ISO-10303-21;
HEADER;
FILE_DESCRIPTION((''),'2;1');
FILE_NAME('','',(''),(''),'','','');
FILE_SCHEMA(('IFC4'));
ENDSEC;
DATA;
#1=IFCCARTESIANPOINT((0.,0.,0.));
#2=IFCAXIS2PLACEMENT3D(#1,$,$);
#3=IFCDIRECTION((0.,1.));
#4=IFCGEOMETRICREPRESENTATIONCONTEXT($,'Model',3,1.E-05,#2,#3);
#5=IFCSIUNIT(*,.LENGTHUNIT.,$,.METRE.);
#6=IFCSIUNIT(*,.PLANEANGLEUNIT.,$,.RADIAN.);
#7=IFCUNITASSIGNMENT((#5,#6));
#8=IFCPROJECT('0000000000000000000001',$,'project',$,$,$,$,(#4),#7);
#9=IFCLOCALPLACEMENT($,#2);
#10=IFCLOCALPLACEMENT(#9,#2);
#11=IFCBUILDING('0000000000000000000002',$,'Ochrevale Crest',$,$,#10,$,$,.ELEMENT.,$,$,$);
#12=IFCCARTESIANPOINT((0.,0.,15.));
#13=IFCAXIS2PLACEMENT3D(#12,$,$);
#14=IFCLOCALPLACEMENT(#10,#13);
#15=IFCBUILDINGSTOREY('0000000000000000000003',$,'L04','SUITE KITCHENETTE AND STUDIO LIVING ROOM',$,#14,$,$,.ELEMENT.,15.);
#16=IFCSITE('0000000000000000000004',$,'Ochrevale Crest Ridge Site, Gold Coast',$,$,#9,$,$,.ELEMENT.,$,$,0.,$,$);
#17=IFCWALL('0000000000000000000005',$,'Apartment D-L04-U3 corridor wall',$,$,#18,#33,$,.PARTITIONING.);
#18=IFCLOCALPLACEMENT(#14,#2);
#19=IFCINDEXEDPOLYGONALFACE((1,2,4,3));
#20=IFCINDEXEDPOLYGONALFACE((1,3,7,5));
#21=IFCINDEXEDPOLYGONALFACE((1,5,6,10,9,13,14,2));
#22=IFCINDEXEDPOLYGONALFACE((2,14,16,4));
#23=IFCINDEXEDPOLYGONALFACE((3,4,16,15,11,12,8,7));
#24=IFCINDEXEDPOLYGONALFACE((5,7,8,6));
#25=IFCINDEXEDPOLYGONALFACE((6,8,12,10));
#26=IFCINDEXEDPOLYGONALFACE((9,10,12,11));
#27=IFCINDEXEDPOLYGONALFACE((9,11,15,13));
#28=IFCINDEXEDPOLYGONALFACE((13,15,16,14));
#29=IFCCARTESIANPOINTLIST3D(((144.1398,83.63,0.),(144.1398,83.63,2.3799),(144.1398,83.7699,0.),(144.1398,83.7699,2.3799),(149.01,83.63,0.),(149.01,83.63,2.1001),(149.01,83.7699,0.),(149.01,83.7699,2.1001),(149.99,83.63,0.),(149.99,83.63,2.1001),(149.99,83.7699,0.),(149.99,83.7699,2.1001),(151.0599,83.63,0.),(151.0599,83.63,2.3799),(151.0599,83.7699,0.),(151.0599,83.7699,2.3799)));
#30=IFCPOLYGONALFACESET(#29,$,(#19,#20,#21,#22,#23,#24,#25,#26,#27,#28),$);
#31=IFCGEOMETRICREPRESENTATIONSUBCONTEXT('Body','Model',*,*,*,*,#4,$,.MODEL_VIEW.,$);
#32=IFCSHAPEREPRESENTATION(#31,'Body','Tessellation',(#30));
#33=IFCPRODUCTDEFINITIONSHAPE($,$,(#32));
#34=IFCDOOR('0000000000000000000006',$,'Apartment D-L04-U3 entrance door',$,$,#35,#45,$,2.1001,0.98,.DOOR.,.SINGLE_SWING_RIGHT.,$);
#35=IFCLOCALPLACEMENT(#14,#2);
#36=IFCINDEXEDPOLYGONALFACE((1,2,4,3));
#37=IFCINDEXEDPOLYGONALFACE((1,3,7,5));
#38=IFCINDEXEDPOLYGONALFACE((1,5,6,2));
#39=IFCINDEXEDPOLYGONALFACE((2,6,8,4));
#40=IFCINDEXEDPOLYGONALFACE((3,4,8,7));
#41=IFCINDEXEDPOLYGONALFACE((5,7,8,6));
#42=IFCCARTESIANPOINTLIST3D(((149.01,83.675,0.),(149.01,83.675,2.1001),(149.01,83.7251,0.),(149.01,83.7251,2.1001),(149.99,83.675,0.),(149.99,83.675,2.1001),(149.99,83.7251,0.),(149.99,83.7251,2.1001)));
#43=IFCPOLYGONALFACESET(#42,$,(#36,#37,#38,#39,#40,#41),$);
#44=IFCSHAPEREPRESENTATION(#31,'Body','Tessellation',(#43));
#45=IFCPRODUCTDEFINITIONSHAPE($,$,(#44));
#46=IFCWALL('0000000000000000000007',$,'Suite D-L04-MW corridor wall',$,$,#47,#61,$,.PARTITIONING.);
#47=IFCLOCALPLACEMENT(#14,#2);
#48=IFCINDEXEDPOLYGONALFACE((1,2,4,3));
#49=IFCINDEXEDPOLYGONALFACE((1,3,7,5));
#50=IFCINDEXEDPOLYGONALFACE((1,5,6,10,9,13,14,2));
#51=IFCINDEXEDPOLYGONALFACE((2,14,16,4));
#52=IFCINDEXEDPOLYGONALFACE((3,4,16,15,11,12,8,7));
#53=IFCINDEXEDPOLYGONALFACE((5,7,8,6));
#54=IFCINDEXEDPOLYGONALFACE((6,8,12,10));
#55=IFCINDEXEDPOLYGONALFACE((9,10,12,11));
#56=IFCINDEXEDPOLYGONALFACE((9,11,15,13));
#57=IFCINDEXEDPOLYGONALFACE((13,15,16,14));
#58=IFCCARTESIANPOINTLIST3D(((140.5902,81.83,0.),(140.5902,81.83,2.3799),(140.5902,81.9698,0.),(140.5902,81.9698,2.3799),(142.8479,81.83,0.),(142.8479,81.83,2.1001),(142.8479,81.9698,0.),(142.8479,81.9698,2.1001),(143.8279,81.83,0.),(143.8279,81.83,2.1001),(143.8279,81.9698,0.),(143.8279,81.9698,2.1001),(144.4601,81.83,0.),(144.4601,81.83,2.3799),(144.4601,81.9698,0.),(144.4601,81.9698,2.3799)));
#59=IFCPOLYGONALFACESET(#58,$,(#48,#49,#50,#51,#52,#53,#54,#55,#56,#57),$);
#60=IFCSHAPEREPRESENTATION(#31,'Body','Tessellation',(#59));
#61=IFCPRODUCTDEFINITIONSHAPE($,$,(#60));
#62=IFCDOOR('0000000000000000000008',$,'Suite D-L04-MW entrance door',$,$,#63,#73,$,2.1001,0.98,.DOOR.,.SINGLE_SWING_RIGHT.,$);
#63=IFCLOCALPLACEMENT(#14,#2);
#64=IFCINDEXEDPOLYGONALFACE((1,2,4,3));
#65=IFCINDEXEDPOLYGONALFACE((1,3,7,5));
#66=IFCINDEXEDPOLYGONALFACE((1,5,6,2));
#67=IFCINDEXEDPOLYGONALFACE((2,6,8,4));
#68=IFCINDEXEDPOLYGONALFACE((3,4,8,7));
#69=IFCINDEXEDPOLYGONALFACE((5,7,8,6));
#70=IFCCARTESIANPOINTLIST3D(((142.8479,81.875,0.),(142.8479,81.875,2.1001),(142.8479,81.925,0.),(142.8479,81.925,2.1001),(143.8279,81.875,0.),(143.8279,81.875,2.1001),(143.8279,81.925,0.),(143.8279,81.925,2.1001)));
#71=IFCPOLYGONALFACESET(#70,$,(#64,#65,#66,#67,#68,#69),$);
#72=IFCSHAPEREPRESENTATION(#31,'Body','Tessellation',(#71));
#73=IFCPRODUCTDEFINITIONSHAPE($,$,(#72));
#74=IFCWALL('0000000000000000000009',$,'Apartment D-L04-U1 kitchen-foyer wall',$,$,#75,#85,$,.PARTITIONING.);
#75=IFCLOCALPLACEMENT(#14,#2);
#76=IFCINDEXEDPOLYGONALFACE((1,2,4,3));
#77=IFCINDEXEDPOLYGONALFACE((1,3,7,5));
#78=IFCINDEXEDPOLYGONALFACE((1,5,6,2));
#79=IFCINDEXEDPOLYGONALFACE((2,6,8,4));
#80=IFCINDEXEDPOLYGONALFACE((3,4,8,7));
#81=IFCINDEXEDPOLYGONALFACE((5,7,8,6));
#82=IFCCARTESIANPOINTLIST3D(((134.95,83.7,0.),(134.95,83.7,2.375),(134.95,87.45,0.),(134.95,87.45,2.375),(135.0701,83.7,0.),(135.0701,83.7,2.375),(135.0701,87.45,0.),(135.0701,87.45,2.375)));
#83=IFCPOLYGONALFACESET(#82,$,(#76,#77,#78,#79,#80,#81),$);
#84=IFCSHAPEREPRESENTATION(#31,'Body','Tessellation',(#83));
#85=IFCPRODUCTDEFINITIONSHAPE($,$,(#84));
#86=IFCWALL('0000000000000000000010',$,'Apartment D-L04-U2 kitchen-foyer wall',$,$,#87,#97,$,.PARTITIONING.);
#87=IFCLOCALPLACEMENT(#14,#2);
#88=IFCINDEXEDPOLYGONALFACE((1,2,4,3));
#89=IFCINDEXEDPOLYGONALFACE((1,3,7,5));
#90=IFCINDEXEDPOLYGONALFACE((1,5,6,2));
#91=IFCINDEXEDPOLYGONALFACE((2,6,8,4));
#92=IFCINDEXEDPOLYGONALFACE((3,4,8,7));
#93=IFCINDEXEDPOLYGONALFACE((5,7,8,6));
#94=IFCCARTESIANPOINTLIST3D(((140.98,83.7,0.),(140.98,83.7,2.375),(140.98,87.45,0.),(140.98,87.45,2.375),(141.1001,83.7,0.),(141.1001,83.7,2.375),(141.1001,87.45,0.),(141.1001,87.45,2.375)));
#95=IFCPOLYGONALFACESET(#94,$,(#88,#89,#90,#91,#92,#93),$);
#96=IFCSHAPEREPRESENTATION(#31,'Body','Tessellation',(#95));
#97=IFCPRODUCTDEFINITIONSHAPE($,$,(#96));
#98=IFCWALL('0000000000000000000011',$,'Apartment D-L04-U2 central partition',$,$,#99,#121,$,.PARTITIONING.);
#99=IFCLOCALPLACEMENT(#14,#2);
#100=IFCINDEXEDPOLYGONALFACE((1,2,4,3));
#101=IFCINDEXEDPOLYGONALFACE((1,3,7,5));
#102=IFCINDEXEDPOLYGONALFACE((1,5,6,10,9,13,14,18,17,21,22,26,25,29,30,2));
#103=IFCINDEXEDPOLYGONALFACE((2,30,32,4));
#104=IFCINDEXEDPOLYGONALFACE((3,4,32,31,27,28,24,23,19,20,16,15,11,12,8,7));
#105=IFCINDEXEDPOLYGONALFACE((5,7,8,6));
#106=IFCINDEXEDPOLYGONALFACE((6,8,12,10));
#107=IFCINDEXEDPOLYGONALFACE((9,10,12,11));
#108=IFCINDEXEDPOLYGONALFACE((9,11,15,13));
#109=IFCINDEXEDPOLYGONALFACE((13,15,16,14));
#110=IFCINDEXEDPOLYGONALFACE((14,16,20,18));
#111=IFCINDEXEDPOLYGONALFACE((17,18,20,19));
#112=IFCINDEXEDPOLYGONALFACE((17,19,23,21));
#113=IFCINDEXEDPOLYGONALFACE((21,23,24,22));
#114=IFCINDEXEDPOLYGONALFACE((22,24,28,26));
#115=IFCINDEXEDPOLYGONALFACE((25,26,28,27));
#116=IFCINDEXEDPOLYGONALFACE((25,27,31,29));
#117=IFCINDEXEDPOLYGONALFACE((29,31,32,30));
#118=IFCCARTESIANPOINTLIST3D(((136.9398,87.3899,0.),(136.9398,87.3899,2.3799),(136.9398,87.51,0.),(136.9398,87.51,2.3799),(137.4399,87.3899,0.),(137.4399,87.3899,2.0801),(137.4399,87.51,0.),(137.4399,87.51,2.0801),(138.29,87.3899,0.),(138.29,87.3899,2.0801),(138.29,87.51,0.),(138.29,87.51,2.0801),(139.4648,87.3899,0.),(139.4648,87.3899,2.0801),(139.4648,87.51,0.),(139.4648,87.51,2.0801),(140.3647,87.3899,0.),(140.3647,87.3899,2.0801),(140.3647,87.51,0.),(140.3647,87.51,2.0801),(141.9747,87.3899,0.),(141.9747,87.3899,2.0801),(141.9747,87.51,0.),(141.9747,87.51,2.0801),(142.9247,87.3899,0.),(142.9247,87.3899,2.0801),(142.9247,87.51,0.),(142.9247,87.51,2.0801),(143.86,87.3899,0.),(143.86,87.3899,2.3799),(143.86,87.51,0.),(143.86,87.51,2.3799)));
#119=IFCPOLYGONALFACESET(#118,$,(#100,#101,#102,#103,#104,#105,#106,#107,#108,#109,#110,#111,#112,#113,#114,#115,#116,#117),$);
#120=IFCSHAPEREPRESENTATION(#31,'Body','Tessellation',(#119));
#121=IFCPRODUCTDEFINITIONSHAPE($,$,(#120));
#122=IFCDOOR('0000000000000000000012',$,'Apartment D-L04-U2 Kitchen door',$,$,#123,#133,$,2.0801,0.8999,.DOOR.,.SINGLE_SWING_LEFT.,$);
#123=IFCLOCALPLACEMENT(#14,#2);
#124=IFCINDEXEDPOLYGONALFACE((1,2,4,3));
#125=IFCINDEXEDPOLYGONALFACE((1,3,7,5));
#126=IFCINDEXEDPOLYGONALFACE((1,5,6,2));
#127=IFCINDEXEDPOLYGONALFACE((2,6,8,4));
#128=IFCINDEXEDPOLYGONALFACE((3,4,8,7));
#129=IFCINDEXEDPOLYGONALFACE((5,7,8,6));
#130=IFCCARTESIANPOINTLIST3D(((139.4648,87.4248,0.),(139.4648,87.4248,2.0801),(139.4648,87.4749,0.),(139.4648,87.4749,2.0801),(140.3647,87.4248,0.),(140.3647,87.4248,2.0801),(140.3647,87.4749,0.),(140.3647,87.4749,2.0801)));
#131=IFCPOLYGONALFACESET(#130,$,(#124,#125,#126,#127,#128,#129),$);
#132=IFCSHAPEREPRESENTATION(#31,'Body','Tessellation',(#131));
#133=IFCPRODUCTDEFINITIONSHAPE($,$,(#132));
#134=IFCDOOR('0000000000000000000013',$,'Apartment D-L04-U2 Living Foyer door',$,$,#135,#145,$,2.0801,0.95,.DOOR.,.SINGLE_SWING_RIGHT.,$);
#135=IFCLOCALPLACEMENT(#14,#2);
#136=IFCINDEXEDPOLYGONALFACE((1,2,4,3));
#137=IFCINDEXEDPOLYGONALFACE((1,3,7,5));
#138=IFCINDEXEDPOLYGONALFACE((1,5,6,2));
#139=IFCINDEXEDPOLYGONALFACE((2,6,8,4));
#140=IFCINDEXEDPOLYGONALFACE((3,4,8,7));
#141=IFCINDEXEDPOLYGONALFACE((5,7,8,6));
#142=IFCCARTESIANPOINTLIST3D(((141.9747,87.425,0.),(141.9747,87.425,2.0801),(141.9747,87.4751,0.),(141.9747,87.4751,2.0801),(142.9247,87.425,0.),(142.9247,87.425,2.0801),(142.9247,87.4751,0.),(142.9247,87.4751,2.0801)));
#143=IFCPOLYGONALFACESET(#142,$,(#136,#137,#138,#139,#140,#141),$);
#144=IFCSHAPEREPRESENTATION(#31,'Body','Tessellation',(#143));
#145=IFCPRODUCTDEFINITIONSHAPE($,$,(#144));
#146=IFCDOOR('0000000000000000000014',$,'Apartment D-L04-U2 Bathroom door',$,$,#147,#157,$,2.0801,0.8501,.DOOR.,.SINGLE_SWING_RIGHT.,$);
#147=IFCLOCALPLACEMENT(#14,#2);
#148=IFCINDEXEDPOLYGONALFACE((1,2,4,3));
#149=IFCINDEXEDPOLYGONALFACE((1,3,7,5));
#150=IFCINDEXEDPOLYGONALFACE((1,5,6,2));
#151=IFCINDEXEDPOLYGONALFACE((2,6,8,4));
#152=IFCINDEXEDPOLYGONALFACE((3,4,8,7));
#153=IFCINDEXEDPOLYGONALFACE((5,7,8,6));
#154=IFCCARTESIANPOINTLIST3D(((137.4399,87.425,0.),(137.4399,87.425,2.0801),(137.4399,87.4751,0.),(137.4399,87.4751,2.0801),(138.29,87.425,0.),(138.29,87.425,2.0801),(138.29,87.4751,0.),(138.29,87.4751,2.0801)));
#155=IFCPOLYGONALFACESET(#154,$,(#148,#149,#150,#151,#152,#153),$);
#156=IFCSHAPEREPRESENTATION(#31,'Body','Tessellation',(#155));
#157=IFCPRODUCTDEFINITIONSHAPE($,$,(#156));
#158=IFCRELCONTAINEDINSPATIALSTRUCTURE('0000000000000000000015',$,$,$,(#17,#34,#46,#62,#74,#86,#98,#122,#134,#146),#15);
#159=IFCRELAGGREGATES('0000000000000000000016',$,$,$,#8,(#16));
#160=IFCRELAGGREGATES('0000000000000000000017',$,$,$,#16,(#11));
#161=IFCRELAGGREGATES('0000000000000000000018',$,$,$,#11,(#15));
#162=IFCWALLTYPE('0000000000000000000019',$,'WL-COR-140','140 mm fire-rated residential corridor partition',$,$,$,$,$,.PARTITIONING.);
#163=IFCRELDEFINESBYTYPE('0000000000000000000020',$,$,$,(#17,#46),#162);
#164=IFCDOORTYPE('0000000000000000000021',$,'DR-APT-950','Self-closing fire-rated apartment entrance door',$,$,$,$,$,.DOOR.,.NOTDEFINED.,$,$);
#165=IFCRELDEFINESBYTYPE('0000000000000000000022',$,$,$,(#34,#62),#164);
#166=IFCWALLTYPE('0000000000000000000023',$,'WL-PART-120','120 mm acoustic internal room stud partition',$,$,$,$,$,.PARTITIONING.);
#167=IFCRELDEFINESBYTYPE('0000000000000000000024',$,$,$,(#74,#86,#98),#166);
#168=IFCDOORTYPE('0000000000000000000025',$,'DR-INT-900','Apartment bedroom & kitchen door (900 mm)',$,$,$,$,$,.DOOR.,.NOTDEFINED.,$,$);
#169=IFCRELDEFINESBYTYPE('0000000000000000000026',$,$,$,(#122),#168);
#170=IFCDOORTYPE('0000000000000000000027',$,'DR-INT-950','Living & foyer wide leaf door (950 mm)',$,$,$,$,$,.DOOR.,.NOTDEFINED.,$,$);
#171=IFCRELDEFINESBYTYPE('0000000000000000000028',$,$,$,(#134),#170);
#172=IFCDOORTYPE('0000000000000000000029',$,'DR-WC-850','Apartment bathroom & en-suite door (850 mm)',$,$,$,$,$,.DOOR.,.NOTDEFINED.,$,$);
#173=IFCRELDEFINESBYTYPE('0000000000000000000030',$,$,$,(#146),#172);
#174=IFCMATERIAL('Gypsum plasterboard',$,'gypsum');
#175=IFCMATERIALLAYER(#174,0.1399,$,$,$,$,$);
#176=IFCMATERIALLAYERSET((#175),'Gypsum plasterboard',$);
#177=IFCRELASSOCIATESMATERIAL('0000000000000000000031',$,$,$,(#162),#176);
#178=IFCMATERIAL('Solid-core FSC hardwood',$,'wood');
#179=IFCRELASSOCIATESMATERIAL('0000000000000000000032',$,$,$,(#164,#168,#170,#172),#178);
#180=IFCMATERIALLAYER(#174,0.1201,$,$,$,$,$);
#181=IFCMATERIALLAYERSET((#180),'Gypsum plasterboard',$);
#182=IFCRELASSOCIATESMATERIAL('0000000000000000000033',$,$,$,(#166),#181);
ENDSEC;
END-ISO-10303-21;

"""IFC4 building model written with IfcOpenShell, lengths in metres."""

from ifc_helpers import new_model, si_unit, direction, frame, frame_2d, origin, place, context, subcontext, project, spatial, rectangle, extrude, material, layer, layer_set, type_object, element, fill, save


model = new_model("IFC4")

# Units and contexts
model_context = context("Model", 3, precision=1e-05, world=origin(), true_north=direction((0.0, 1.0)))
body_context = subcontext(model_context, "Body", "Model", "MODEL_VIEW")
ifc_project = project(units=[si_unit("LENGTHUNIT", "METRE"), si_unit("PLANEANGLEUNIT", "RADIAN")], contexts=[model_context])

# Site, building, storey
site_placement = place(None, origin())
site = spatial("IfcSite", under=ifc_project, at=site_placement, Name="Ochrevale Crest Ridge Site, Gold Coast", CompositionType="ELEMENT", RefElevation=0.0)
building_placement = place(site_placement, origin())
building = spatial("IfcBuilding", under=site, at=building_placement, Name="Ochrevale Crest", CompositionType="ELEMENT")
storey_placement = place(building_placement, frame((0.0, 0.0, 15.0)))
storey = spatial("IfcBuildingStorey", under=building, at=storey_placement, Name="L04", Description="SUITE KITCHENETTE AND STUDIO LIVING ROOM", CompositionType="ELEMENT", Elevation=15.0)

# Walls, openings, doors
ifc_material_1 = material(Name="Gypsum plasterboard", Category="gypsum")
ifc_layer_1 = layer(ifc_material_1, 0.1399)
ifc_layer_set_1 = layer_set([ifc_layer_1], Name="Gypsum plasterboard")
wall_type_1 = type_object("IfcWallType", Name="WL-COR-140", Description="140 mm fire-rated residential corridor partition", PredefinedType="PARTITIONING", material=ifc_layer_set_1)
ifc_material_2 = material(Name="Solid-core FSC hardwood", Category="wood")
door_type_1 = type_object("IfcDoorType", Name="DR-APT-950", Description="Self-closing fire-rated apartment entrance door", OperationType="NOTDEFINED", PredefinedType="DOOR", material=ifc_material_2)
wall_1_placement = place(storey_placement, frame((144.1399, 83.7, 0.0), z_axis=(0.0, 0.0, 1.0), x_axis=(1.0, 0.0, 0.0)))
wall_1 = element("IfcWall", 1, at=wall_1_placement, inside=storey, type_object=wall_type_1, Name="Apartment D-L04-U3 corridor wall", PredefinedType="PARTITIONING", context=body_context, shape_type="SweptSolid", body=[
    extrude(rectangle(XDim=6.9202, YDim=0.1399, at=frame_2d((3.46, 0.0))), origin(), (0.0, 0.0, 1.0), 2.3799),
])
opening_1_placement = place(wall_1_placement, frame((5.8501, 0.0, 0.0), z_axis=(0.0, 0.0, 1.0), x_axis=(-1.0, 0.0, 0.0)))
opening_1 = element("IfcOpeningElement", 2, at=opening_1_placement, cuts=wall_1, PredefinedType="OPENING", context=body_context, shape_type="SweptSolid", body=[
    extrude(rectangle(XDim=0.98, YDim=2.1001, at=frame_2d((0.49, 1.05))), frame((0.0, 0.0801, 0.0), z_axis=(0.0, -1.0, 0.0), x_axis=(1.0, 0.0, 0.0)), (0.0, 0.0, 1.0), 0.1599),
])
door_1_placement = place(opening_1_placement, origin())
door_1 = element("IfcDoor", 3, at=door_1_placement, inside=storey, type_object=door_type_1, Name="Apartment D-L04-U3 entrance door", OperationType="SINGLE_SWING_RIGHT", OverallHeight=2.1001, OverallWidth=0.98, PredefinedType="DOOR", context=body_context, shape_type="SweptSolid", body=[
    extrude(rectangle(XDim=0.98, YDim=2.1001, at=frame_2d((0.49, 1.05))), frame((0.0, 0.0249, 0.0), z_axis=(0.0, -1.0, 0.0), x_axis=(1.0, 0.0, 0.0)), (0.0, 0.0, 1.0), 0.05),
])
fill(opening_1, door_1)
wall_2_placement = place(storey_placement, frame((140.5901, 81.8999, 0.0), z_axis=(0.0, 0.0, 1.0), x_axis=(1.0, 0.0, 0.0)))
wall_2 = element("IfcWall", 4, at=wall_2_placement, inside=storey, type_object=wall_type_1, Name="Suite D-L04-MW corridor wall", PredefinedType="PARTITIONING", context=body_context, shape_type="SweptSolid", body=[
    extrude(rectangle(XDim=3.8699, YDim=0.1399, at=frame_2d((1.9351, 0.0))), origin(), (0.0, 0.0, 1.0), 2.3799),
])
opening_2_placement = place(wall_2_placement, frame((3.2378, 0.0, 0.0), z_axis=(0.0, 0.0, 1.0), x_axis=(-1.0, 0.0, 0.0)))
opening_2 = element("IfcOpeningElement", 5, at=opening_2_placement, cuts=wall_2, PredefinedType="OPENING", context=body_context, shape_type="SweptSolid", body=[
    extrude(rectangle(XDim=0.98, YDim=2.1001, at=frame_2d((0.49, 1.05))), frame((0.0, 0.0801, 0.0), z_axis=(0.0, -1.0, 0.0), x_axis=(1.0, 0.0, 0.0)), (0.0, 0.0, 1.0), 0.1599),
])
door_2_placement = place(opening_2_placement, origin())
door_2 = element("IfcDoor", 6, at=door_2_placement, inside=storey, type_object=door_type_1, Name="Suite D-L04-MW entrance door", OperationType="SINGLE_SWING_RIGHT", OverallHeight=2.1001, OverallWidth=0.98, PredefinedType="DOOR", context=body_context, shape_type="SweptSolid", body=[
    extrude(rectangle(XDim=0.98, YDim=2.1001, at=frame_2d((0.49, 1.05))), frame((0.0, 0.0249, 0.0), z_axis=(0.0, -1.0, 0.0), x_axis=(1.0, 0.0, 0.0)), (0.0, 0.0, 1.0), 0.05),
])
fill(opening_2, door_2)

# Walls
ifc_layer_2 = layer(ifc_material_1, 0.1201)
ifc_layer_set_2 = layer_set([ifc_layer_2], Name="Gypsum plasterboard")
wall_type_2 = type_object("IfcWallType", Name="WL-PART-120", Description="120 mm acoustic internal room stud partition", PredefinedType="PARTITIONING", material=ifc_layer_set_2)
for number, where, z_axis, x_axis, name in (
    (7, (135.01, 83.7, 0.0), (0.0, 0.0, 1.0), (0.0, 1.0, 0.0), "Apartment D-L04-U1 kitchen-foyer wall"),
    (8, (141.04, 83.7, 0.0), (0.0, 0.0, 1.0), (0.0, 1.0, 0.0), "Apartment D-L04-U2 kitchen-foyer wall"),
):
    element("IfcWall", number, at=place(storey_placement, frame(where, z_axis=z_axis, x_axis=x_axis)), inside=storey, type_object=wall_type_2, Name=name, PredefinedType="PARTITIONING", context=body_context, shape_type="SweptSolid", body=[
        extrude(rectangle(XDim=3.75, YDim=0.1201, at=frame_2d((1.875, 0.0))), origin(), (0.0, 0.0, 1.0), 2.375),
    ])

# Wall, openings, doors
wall_3_placement = place(storey_placement, frame((136.9399, 87.45, 0.0), z_axis=(0.0, 0.0, 1.0), x_axis=(1.0, 0.0, 0.0)))
wall_3 = element("IfcWall", 9, at=wall_3_placement, inside=storey, type_object=wall_type_2, Name="Apartment D-L04-U2 central partition", PredefinedType="PARTITIONING", context=body_context, shape_type="SweptSolid", body=[
    extrude(rectangle(XDim=6.9202, YDim=0.1201, at=frame_2d((3.46, 0.0))), origin(), (0.0, 0.0, 1.0), 2.3799),
])
opening_3_placement = place(wall_3_placement, frame((1.3501, 0.0, 0.0), z_axis=(0.0, 0.0, 1.0), x_axis=(-1.0, 0.0, 0.0)))
opening_3 = element("IfcOpeningElement", 10, at=opening_3_placement, cuts=wall_3, PredefinedType="OPENING", context=body_context, shape_type="SweptSolid", body=[
    extrude(rectangle(XDim=0.8501, YDim=2.0801, at=frame_2d((0.425, 1.04))), frame((0.0, 0.0701, 0.0), z_axis=(0.0, -1.0, 0.0), x_axis=(1.0, 0.0, 0.0)), (0.0, 0.0, 1.0), 0.1401),
])
opening_4_placement = place(wall_3_placement, frame((2.5249, 0.0, 0.0)))
opening_4 = element("IfcOpeningElement", 11, at=opening_4_placement, cuts=wall_3, PredefinedType="OPENING", context=body_context, shape_type="SweptSolid", body=[
    extrude(rectangle(XDim=0.8999, YDim=2.0801, at=frame_2d((0.45, 1.04))), frame((0.0, 0.0701, 0.0), z_axis=(0.0, -1.0, 0.0), x_axis=(1.0, 0.0, 0.0)), (0.0, 0.0, 1.0), 0.1401),
])
opening_5_placement = place(wall_3_placement, frame((5.9849, 0.0, 0.0), z_axis=(0.0, 0.0, 1.0), x_axis=(-1.0, 0.0, 0.0)))
opening_5 = element("IfcOpeningElement", 12, at=opening_5_placement, cuts=wall_3, PredefinedType="OPENING", context=body_context, shape_type="SweptSolid", body=[
    extrude(rectangle(XDim=0.95, YDim=2.0801, at=frame_2d((0.4751, 1.04))), frame((0.0, 0.0701, 0.0), z_axis=(0.0, -1.0, 0.0), x_axis=(1.0, 0.0, 0.0)), (0.0, 0.0, 1.0), 0.1401),
])
door_type_2 = type_object("IfcDoorType", Name="DR-INT-900", Description="Apartment bedroom & kitchen door (900 mm)", OperationType="NOTDEFINED", PredefinedType="DOOR", material=ifc_material_2)
door_3_placement = place(opening_4_placement, origin())
door_3 = element("IfcDoor", 13, at=door_3_placement, inside=storey, type_object=door_type_2, Name="Apartment D-L04-U2 Kitchen door", OperationType="SINGLE_SWING_LEFT", OverallHeight=2.0801, OverallWidth=0.8999, PredefinedType="DOOR", context=body_context, shape_type="SweptSolid", body=[
    extrude(rectangle(XDim=0.8999, YDim=2.0801, at=frame_2d((0.45, 1.04))), frame((0.0, 0.0249, 0.0), z_axis=(0.0, -1.0, 0.0), x_axis=(1.0, 0.0, 0.0)), (0.0, 0.0, 1.0), 0.05),
])
fill(opening_4, door_3)
door_type_3 = type_object("IfcDoorType", Name="DR-INT-950", Description="Living & foyer wide leaf door (950 mm)", OperationType="NOTDEFINED", PredefinedType="DOOR", material=ifc_material_2)
door_4_placement = place(opening_5_placement, origin())
door_4 = element("IfcDoor", 14, at=door_4_placement, inside=storey, type_object=door_type_3, Name="Apartment D-L04-U2 Living Foyer door", OperationType="SINGLE_SWING_RIGHT", OverallHeight=2.0801, OverallWidth=0.95, PredefinedType="DOOR", context=body_context, shape_type="SweptSolid", body=[
    extrude(rectangle(XDim=0.95, YDim=2.0801, at=frame_2d((0.4751, 1.04))), frame((0.0, 0.0249, 0.0), z_axis=(0.0, -1.0, 0.0), x_axis=(1.0, 0.0, 0.0)), (0.0, 0.0, 1.0), 0.05),
])
fill(opening_5, door_4)
door_type_4 = type_object("IfcDoorType", Name="DR-WC-850", Description="Apartment bathroom & en-suite door (850 mm)", OperationType="NOTDEFINED", PredefinedType="DOOR", material=ifc_material_2)
door_5_placement = place(opening_3_placement, origin())
door_5 = element("IfcDoor", 15, at=door_5_placement, inside=storey, type_object=door_type_4, Name="Apartment D-L04-U2 Bathroom door", OperationType="SINGLE_SWING_RIGHT", OverallHeight=2.0801, OverallWidth=0.8501, PredefinedType="DOOR", context=body_context, shape_type="SweptSolid", body=[
    extrude(rectangle(XDim=0.8501, YDim=2.0801, at=frame_2d((0.425, 1.04))), frame((0.0, 0.0249, 0.0), z_axis=(0.0, -1.0, 0.0), x_axis=(1.0, 0.0, 0.0)), (0.0, 0.0, 1.0), 0.05),
])
fill(opening_3, door_5)

save(model, "model.ifc")
